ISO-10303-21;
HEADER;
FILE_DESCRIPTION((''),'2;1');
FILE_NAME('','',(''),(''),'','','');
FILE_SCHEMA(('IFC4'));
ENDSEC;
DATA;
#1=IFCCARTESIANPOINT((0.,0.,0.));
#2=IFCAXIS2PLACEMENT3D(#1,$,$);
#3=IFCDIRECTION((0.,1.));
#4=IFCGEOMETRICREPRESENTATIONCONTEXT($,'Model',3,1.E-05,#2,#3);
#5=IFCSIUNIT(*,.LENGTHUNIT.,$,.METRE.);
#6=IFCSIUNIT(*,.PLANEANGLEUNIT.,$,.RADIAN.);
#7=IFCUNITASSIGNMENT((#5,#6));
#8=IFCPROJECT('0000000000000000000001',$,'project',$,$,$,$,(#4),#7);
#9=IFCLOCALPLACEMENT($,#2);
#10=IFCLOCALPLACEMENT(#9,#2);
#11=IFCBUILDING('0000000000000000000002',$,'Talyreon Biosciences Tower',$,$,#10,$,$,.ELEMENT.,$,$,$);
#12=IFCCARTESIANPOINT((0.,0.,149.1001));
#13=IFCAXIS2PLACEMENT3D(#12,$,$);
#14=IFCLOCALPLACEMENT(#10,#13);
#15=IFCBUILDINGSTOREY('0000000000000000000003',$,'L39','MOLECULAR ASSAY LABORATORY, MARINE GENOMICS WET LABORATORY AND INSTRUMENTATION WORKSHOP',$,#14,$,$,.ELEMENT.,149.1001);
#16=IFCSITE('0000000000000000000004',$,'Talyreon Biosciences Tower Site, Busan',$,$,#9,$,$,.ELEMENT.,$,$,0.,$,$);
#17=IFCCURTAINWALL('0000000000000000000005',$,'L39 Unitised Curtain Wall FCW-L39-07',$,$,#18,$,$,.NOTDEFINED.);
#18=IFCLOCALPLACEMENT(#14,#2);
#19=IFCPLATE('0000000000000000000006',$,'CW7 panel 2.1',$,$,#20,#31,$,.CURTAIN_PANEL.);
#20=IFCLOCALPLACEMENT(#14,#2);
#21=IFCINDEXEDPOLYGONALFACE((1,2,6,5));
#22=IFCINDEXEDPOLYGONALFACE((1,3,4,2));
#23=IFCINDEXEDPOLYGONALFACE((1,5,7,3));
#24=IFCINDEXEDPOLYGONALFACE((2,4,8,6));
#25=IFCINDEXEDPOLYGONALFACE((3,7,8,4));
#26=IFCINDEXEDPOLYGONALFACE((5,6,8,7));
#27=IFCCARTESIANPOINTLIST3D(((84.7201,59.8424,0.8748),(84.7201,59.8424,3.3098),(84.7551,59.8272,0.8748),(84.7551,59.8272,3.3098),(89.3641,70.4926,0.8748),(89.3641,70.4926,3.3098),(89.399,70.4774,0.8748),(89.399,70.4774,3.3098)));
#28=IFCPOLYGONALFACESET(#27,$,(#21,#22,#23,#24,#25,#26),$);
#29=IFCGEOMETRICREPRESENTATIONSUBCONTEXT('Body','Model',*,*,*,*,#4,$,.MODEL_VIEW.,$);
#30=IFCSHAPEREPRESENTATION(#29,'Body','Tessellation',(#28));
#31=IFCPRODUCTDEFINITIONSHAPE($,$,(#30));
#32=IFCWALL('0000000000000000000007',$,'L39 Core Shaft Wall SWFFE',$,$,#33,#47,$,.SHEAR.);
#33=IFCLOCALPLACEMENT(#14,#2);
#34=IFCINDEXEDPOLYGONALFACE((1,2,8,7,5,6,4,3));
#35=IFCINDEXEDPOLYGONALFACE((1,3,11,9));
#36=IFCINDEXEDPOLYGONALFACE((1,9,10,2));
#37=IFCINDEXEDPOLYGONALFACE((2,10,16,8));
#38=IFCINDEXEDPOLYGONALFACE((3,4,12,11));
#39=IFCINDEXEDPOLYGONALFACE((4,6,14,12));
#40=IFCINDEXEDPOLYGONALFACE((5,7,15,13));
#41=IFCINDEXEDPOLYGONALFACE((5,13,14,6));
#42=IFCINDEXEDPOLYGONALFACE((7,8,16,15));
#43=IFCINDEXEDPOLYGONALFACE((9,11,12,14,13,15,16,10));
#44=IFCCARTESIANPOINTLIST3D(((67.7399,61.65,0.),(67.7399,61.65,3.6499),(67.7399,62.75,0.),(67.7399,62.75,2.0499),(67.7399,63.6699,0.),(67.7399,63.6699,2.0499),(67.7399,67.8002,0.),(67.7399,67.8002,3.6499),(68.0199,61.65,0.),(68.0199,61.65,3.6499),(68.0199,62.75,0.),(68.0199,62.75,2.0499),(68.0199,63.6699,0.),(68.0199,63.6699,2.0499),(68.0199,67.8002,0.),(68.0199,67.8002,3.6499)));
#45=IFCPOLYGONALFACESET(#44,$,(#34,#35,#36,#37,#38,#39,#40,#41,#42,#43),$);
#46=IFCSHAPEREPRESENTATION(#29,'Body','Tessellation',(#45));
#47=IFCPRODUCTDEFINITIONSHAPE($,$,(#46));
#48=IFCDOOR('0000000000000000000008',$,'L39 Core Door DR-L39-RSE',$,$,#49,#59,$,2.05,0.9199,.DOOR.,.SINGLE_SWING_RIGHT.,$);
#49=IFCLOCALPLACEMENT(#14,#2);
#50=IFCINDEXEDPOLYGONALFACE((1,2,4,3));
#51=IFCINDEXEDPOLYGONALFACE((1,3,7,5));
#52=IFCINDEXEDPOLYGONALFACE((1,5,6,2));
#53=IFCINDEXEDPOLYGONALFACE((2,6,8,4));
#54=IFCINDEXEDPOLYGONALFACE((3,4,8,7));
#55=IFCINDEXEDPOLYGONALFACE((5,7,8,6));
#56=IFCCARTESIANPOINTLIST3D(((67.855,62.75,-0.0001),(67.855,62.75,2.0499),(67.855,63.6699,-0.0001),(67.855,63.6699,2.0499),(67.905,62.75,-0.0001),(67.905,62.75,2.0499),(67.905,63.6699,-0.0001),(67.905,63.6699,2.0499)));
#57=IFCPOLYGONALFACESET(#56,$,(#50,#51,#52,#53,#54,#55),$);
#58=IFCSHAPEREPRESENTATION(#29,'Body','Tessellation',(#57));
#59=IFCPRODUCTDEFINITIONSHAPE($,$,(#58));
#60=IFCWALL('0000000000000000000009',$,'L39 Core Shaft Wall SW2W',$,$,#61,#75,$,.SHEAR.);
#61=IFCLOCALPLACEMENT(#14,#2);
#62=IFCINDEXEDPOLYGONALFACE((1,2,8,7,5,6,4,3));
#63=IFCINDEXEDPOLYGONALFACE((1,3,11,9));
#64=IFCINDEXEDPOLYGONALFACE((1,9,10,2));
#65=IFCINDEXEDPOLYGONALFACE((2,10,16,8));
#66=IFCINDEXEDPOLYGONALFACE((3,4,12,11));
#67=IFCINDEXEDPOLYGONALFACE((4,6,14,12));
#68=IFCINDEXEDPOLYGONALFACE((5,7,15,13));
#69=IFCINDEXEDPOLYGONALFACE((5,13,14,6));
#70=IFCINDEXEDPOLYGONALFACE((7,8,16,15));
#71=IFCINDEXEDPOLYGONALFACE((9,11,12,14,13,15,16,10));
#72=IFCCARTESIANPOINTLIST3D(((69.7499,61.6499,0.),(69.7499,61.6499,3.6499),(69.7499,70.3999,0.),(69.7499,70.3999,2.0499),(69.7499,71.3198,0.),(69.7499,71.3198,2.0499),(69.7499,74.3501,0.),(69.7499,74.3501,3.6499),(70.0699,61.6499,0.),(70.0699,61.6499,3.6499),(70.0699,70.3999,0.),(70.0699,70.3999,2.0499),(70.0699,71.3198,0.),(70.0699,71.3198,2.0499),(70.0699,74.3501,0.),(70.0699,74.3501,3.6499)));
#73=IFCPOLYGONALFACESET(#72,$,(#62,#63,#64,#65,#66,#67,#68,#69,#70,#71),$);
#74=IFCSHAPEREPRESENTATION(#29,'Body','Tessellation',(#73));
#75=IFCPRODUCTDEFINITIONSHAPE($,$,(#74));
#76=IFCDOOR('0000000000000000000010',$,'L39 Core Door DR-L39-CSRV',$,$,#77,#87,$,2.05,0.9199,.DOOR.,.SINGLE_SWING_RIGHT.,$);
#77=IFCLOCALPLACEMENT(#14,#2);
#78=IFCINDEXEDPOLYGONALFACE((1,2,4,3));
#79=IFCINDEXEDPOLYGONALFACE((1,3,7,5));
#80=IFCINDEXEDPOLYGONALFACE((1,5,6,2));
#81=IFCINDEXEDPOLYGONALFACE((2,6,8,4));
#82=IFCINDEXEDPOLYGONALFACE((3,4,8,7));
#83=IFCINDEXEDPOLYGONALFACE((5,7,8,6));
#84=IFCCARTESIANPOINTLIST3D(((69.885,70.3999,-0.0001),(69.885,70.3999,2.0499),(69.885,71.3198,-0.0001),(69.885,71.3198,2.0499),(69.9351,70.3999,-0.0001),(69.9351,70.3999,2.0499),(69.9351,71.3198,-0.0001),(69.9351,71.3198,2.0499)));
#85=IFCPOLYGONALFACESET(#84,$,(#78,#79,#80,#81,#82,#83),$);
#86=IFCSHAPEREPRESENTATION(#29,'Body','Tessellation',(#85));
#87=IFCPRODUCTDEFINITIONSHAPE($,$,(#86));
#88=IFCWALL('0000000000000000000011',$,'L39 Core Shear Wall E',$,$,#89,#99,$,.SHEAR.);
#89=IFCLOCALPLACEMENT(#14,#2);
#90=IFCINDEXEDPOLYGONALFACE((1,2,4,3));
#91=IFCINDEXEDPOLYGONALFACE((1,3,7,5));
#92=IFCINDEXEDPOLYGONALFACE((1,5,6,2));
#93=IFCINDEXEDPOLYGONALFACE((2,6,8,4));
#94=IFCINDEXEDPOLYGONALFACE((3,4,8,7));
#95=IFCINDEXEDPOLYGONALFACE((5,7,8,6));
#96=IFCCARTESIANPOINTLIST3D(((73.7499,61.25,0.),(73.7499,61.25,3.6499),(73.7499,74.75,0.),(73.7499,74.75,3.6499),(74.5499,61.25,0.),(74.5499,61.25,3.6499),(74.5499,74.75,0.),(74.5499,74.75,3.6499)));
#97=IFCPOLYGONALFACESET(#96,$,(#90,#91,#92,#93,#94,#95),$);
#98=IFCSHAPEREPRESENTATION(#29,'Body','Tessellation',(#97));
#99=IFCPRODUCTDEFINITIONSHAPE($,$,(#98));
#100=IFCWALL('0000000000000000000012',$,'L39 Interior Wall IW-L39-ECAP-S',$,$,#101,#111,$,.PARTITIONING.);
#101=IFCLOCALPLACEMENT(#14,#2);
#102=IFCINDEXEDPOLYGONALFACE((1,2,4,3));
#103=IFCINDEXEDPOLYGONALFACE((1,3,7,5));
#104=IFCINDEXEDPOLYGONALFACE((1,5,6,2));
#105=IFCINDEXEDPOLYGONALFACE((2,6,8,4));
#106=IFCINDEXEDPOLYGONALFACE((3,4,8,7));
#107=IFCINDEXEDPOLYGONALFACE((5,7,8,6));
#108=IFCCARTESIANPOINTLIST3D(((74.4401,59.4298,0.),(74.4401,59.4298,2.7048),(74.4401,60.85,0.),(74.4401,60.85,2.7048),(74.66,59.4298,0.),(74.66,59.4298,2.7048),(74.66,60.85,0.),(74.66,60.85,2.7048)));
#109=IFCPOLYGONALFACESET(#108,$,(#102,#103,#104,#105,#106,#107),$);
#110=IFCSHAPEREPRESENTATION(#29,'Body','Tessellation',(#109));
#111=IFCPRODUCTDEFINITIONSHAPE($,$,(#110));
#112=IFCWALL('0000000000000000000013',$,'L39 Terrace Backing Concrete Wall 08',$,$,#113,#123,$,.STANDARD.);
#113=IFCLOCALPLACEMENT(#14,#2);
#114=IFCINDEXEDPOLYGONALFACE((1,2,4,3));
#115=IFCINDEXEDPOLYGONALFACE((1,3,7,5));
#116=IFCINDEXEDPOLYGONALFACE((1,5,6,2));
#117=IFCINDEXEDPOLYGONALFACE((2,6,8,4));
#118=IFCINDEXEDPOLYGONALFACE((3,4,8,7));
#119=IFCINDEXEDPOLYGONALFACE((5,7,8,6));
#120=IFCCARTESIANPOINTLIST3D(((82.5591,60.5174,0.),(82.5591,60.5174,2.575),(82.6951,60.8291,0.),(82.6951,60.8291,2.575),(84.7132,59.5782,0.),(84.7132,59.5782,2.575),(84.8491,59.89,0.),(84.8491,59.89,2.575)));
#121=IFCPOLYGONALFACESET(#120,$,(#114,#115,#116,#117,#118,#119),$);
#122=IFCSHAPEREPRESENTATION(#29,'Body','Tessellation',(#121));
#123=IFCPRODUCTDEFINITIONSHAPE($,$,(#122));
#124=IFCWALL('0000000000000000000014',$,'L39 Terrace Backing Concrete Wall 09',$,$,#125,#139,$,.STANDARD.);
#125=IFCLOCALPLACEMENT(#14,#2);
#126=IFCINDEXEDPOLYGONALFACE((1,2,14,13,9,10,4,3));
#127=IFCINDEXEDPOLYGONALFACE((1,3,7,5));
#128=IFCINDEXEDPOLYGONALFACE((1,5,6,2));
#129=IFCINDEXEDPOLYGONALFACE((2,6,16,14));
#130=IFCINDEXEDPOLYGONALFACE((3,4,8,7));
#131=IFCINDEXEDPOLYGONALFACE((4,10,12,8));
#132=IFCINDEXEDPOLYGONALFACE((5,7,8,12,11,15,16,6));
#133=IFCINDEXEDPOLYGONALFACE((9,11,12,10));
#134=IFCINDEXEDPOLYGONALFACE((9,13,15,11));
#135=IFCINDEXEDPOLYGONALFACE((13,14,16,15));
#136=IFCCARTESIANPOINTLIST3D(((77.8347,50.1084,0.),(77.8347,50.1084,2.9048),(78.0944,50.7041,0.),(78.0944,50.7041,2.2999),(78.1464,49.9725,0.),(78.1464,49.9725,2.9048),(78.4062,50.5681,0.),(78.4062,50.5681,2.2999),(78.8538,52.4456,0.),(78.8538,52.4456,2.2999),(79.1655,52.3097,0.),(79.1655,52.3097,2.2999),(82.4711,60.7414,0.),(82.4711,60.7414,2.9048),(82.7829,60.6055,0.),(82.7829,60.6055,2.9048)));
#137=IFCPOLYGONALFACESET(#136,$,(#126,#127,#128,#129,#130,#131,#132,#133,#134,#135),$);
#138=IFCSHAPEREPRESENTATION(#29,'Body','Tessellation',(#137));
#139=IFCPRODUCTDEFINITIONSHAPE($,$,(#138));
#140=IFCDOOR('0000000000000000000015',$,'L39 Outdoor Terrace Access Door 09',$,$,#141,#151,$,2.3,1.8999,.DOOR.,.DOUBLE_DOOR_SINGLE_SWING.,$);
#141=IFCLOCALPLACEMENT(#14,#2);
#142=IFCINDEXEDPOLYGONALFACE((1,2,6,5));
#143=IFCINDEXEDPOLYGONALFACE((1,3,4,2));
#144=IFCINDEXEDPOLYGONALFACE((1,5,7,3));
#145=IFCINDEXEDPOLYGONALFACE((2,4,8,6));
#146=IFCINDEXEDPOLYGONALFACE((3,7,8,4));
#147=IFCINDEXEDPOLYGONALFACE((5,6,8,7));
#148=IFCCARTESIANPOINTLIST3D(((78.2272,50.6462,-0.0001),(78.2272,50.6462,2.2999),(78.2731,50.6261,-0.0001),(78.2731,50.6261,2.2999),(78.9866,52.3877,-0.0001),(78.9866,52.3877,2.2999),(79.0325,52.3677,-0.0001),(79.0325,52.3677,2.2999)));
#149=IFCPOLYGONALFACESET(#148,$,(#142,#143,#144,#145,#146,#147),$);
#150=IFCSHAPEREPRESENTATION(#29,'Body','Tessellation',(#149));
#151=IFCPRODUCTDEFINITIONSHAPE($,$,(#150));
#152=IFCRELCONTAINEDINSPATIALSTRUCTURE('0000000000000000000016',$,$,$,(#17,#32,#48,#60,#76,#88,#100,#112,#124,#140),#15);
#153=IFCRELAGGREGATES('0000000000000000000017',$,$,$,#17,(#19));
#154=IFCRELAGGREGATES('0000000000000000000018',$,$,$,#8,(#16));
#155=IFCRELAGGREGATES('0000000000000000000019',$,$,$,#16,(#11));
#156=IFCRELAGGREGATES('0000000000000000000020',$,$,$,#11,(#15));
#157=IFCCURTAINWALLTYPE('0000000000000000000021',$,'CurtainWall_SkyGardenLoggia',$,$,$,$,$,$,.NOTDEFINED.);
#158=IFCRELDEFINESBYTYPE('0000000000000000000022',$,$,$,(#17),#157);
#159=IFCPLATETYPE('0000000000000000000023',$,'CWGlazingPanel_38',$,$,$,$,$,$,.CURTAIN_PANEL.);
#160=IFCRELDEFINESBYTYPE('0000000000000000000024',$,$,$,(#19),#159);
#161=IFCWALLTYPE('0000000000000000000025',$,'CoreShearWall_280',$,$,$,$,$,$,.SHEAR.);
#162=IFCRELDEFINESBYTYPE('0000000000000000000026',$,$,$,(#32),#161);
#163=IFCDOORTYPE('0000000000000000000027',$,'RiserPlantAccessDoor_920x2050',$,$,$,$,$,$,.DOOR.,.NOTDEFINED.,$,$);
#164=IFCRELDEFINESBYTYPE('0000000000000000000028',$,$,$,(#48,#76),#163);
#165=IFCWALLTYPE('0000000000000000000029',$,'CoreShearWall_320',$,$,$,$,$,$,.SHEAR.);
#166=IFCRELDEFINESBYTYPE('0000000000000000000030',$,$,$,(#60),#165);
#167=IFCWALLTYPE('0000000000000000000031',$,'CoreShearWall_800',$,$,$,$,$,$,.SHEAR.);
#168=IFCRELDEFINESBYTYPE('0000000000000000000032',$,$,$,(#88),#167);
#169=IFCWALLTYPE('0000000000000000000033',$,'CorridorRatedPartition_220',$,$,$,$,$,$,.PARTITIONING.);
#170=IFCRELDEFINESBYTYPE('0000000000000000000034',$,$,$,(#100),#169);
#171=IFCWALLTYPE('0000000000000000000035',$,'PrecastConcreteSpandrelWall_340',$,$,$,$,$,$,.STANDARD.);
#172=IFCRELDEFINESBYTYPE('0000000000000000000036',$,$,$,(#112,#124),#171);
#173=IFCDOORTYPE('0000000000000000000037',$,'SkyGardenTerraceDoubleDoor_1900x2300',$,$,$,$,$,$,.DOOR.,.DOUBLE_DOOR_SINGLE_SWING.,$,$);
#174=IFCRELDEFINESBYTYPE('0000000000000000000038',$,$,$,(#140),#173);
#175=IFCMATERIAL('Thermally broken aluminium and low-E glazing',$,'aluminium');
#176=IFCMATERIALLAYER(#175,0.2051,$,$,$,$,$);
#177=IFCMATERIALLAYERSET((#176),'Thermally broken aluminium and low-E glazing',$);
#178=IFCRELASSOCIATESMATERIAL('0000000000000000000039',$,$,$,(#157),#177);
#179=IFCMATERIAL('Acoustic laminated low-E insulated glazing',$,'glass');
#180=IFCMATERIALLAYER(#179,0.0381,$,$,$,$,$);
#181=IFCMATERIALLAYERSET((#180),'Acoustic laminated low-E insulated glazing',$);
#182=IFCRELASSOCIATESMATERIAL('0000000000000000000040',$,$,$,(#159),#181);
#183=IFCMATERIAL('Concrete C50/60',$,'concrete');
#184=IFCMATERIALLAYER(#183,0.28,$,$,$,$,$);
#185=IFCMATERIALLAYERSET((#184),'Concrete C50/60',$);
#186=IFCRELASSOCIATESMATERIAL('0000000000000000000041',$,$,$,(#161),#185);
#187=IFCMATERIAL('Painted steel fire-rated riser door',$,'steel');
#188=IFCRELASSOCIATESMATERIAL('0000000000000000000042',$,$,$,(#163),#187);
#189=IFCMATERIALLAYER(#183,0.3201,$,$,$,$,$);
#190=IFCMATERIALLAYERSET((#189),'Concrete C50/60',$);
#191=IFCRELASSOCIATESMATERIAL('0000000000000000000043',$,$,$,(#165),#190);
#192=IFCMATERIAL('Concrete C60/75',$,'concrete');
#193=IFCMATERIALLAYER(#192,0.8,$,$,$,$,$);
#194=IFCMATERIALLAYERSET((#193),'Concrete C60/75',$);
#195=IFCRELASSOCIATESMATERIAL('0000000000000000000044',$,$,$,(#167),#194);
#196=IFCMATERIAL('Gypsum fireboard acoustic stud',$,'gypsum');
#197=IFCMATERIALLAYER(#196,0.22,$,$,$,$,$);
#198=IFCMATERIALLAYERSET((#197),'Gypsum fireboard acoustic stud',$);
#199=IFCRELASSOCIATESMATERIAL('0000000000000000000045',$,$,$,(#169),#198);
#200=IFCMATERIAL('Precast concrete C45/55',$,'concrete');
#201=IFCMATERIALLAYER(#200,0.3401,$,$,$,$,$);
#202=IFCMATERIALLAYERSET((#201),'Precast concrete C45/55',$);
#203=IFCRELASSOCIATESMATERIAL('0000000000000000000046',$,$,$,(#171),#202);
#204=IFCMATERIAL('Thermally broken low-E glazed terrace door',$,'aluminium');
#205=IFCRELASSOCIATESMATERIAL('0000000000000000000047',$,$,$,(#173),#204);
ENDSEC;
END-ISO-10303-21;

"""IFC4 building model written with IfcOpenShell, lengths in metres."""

from ifc_helpers import new_model, si_unit, direction, frame, frame_2d, origin, origin_2d, place, context, subcontext, project, spatial, rectangle, extrude, material, layer, layer_set, type_object, element, fill, aggregate, save


model = new_model("IFC4")

# Units and contexts
model_context = context("Model", 3, precision=1e-05, world=origin(), true_north=direction((0.0, 1.0)))
body_context = subcontext(model_context, "Body", "Model", "MODEL_VIEW")
ifc_project = project(units=[si_unit("LENGTHUNIT", "METRE"), si_unit("PLANEANGLEUNIT", "RADIAN")], contexts=[model_context])

# Site, building, storey
site_placement = place(None, origin())
site = spatial("IfcSite", under=ifc_project, at=site_placement, Name="Talyreon Biosciences Tower Site, Busan", CompositionType="ELEMENT", RefElevation=0.0)
building_placement = place(site_placement, origin())
building = spatial("IfcBuilding", under=site, at=building_placement, Name="Talyreon Biosciences Tower", CompositionType="ELEMENT")
storey_placement = place(building_placement, frame((0.0, 0.0, 149.1001)))
storey = spatial("IfcBuildingStorey", under=building, at=storey_placement, Name="L39", Description="MOLECULAR ASSAY LABORATORY, MARINE GENOMICS WET LABORATORY AND INSTRUMENTATION WORKSHOP", CompositionType="ELEMENT", Elevation=149.1001)

# Shared definitions
ifc_material_1 = material(Name="Concrete C60/75", Category="concrete")
ifc_material_2 = material(Name="Concrete C50/60", Category="concrete")

# Curtain wall
ifc_material_3 = material(Name="Thermally broken aluminium and low-E glazing", Category="aluminium")
ifc_layer_1 = layer(ifc_material_3, 0.2051)
ifc_layer_set_1 = layer_set([ifc_layer_1], Name="Thermally broken aluminium and low-E glazing")
curtain_wall_type = type_object("IfcCurtainWallType", Name="CurtainWall_SkyGardenLoggia", PredefinedType="NOTDEFINED", material=ifc_layer_set_1)
curtain_wall_placement = place(storey_placement, origin())
curtain_wall = element("IfcCurtainWall", 1, at=curtain_wall_placement, inside=storey, type_object=curtain_wall_type, Name="L39 Unitised Curtain Wall FCW-L39-07", PredefinedType="NOTDEFINED")

# Plate
ifc_material_4 = material(Name="Acoustic laminated low-E insulated glazing", Category="glass")
ifc_layer_2 = layer(ifc_material_4, 0.0381)
ifc_layer_set_2 = layer_set([ifc_layer_2], Name="Acoustic laminated low-E insulated glazing")
plate_type = type_object("IfcPlateType", Name="CWGlazingPanel_38", PredefinedType="CURTAIN_PANEL", material=ifc_layer_set_2)
plate_placement = place(storey_placement, frame((87.0596, 65.1599, 0.8748), z_axis=(0.0, 0.0, 1.0), x_axis=(-0.399698, -0.916647, 0.0)))
plate = element("IfcPlate", 2, at=plate_placement, type_object=plate_type, Name="CW7 panel 2.1", PredefinedType="CURTAIN_PANEL", context=body_context, shape_type="SweptSolid", body=[
    extrude(rectangle(XDim=11.6187, YDim=0.0381, at=origin_2d()), origin(), (0.0, 0.0, 1.0), 2.4351),
])
aggregate(curtain_wall, [plate])

# Walls, openings, doors
ifc_layer_3 = layer(ifc_material_2, 0.28)
ifc_layer_set_3 = layer_set([ifc_layer_3], Name="Concrete C50/60")
wall_type_1 = type_object("IfcWallType", Name="CoreShearWall_280", PredefinedType="SHEAR", material=ifc_layer_set_3)
wall_1_placement = place(storey_placement, frame((67.8799, 61.6499, 0.0), z_axis=(0.0, 0.0, 1.0), x_axis=(0.0, 1.0, 0.0)))
wall_1 = element("IfcWall", 3, at=wall_1_placement, inside=storey, type_object=wall_type_1, Name="L39 Core Shaft Wall SWFFE", PredefinedType="SHEAR", context=body_context, shape_type="SweptSolid", body=[
    extrude(rectangle(XDim=6.1501, YDim=0.28, at=frame_2d((3.0752, 0.0))), origin(), (0.0, 0.0, 1.0), 3.6499),
])
opening_1_placement = place(wall_1_placement, frame((1.1001, 0.0, 0.0)))
opening_1 = element("IfcOpeningElement", 4, at=opening_1_placement, cuts=wall_1, PredefinedType="OPENING", context=body_context, shape_type="SweptSolid", body=[
    extrude(rectangle(XDim=0.9199, YDim=2.05, at=frame_2d((0.46, 1.0249))), frame((0.0, 0.1499, 0.0), z_axis=(0.0, -1.0, 0.0), x_axis=(1.0, 0.0, 0.0)), (0.0, 0.0, 1.0), 0.3),
])
ifc_material_5 = material(Name="Painted steel fire-rated riser door", Category="steel")
door_type_1 = type_object("IfcDoorType", Name="RiserPlantAccessDoor_920x2050", OperationType="NOTDEFINED", PredefinedType="DOOR", material=ifc_material_5)
door_1_placement = place(opening_1_placement, origin())
door_1 = element("IfcDoor", 5, at=door_1_placement, inside=storey, type_object=door_type_1, Name="L39 Core Door DR-L39-RSE", OperationType="SINGLE_SWING_RIGHT", OverallHeight=2.05, OverallWidth=0.9199, PredefinedType="DOOR", context=body_context, shape_type="SweptSolid", body=[
    extrude(rectangle(XDim=0.9199, YDim=2.05, at=frame_2d((0.46, 1.0249))), frame((0.0, 0.0249, 0.0), z_axis=(0.0, -1.0, 0.0), x_axis=(1.0, 0.0, 0.0)), (0.0, 0.0, 1.0), 0.05),
])
fill(opening_1, door_1)
ifc_layer_4 = layer(ifc_material_2, 0.3201)
ifc_layer_set_4 = layer_set([ifc_layer_4], Name="Concrete C50/60")
wall_type_2 = type_object("IfcWallType", Name="CoreShearWall_320", PredefinedType="SHEAR", material=ifc_layer_set_4)
wall_2_placement = place(storey_placement, frame((69.9099, 61.6499, 0.0), z_axis=(0.0, 0.0, 1.0), x_axis=(0.0, 1.0, 0.0)))
wall_2 = element("IfcWall", 6, at=wall_2_placement, inside=storey, type_object=wall_type_2, Name="L39 Core Shaft Wall SW2W", PredefinedType="SHEAR", context=body_context, shape_type="SweptSolid", body=[
    extrude(rectangle(XDim=12.7002, YDim=0.3201, at=frame_2d((6.3501, 0.0))), origin(), (0.0, 0.0, 1.0), 3.6499),
])
opening_2_placement = place(wall_2_placement, frame((8.75, 0.0, 0.0)))
opening_2 = element("IfcOpeningElement", 7, at=opening_2_placement, cuts=wall_2, PredefinedType="OPENING", context=body_context, shape_type="SweptSolid", body=[
    extrude(rectangle(XDim=0.9199, YDim=2.05, at=frame_2d((0.46, 1.0249))), frame((0.0, 0.1699, 0.0), z_axis=(0.0, -1.0, 0.0), x_axis=(1.0, 0.0, 0.0)), (0.0, 0.0, 1.0), 0.3401),
])
door_2_placement = place(opening_2_placement, origin())
door_2 = element("IfcDoor", 8, at=door_2_placement, inside=storey, type_object=door_type_1, Name="L39 Core Door DR-L39-CSRV", OperationType="SINGLE_SWING_RIGHT", OverallHeight=2.05, OverallWidth=0.9199, PredefinedType="DOOR", context=body_context, shape_type="SweptSolid", body=[
    extrude(rectangle(XDim=0.9199, YDim=2.05, at=frame_2d((0.46, 1.0249))), frame((0.0, 0.0249, 0.0), z_axis=(0.0, -1.0, 0.0), x_axis=(1.0, 0.0, 0.0)), (0.0, 0.0, 1.0), 0.05),
])
fill(opening_2, door_2)

# Walls
ifc_layer_5 = layer(ifc_material_1, 0.8)
ifc_layer_set_5 = layer_set([ifc_layer_5], Name="Concrete C60/75")
wall_type_3 = type_object("IfcWallType", Name="CoreShearWall_800", PredefinedType="SHEAR", material=ifc_layer_set_5)
wall_3_placement = place(storey_placement, frame((74.1499, 61.25, 0.0), z_axis=(0.0, 0.0, 1.0), x_axis=(0.0, 1.0, 0.0)))
element("IfcWall", 9, at=wall_3_placement, inside=storey, type_object=wall_type_3, Name="L39 Core Shear Wall E", PredefinedType="SHEAR", context=body_context, shape_type="SweptSolid", body=[
    extrude(rectangle(XDim=13.5, YDim=0.8, at=frame_2d((6.75, 0.0))), origin(), (0.0, 0.0, 1.0), 3.6499),
])
ifc_material_6 = material(Name="Gypsum fireboard acoustic stud", Category="gypsum")
ifc_layer_6 = layer(ifc_material_6, 0.22)
ifc_layer_set_6 = layer_set([ifc_layer_6], Name="Gypsum fireboard acoustic stud")
wall_type_4 = type_object("IfcWallType", Name="CorridorRatedPartition_220", PredefinedType="PARTITIONING", material=ifc_layer_set_6)
wall_4_placement = place(storey_placement, frame((74.55, 59.4299, 0.0), z_axis=(0.0, 0.0, 1.0), x_axis=(0.0, 1.0, 0.0)))
element("IfcWall", 10, at=wall_4_placement, inside=storey, type_object=wall_type_4, Name="L39 Interior Wall IW-L39-ECAP-S", PredefinedType="PARTITIONING", context=body_context, shape_type="SweptSolid", body=[
    extrude(rectangle(XDim=1.4202, YDim=0.22, at=frame_2d((0.71, 0.0))), origin(), (0.0, 0.0, 1.0), 2.7048),
])
ifc_material_7 = material(Name="Precast concrete C45/55", Category="concrete")
ifc_layer_7 = layer(ifc_material_7, 0.3401)
ifc_layer_set_7 = layer_set([ifc_layer_7], Name="Precast concrete C45/55")
wall_type_5 = type_object("IfcWallType", Name="PrecastConcreteSpandrelWall_340", PredefinedType="STANDARD", material=ifc_layer_set_7)
wall_5_placement = place(storey_placement, frame((84.781, 59.7341, 0.0), z_axis=(0.0, 0.0, 1.0), x_axis=(-0.916655, 0.399679, 0.0)))
element("IfcWall", 11, at=wall_5_placement, inside=storey, type_object=wall_type_5, Name="L39 Terrace Backing Concrete Wall 08", PredefinedType="STANDARD", context=body_context, shape_type="SweptSolid", body=[
    extrude(rectangle(XDim=2.3499, YDim=0.3401, at=frame_2d((1.1748, 0.0))), origin(), (0.0, 0.0, 1.0), 2.575),
])

# Wall, opening, door
wall_6_placement = place(storey_placement, frame((82.627, 60.6733, 0.0), z_axis=(0.0, 0.0, 1.0), x_axis=(-0.399698, -0.916647, 0.0)))
wall_6 = element("IfcWall", 12, at=wall_6_placement, inside=storey, type_object=wall_type_5, Name="L39 Terrace Backing Concrete Wall 09", PredefinedType="STANDARD", context=body_context, shape_type="SweptSolid", body=[
    extrude(rectangle(XDim=11.5999, YDim=0.3401, at=frame_2d((5.7998, 0.0))), origin(), (0.0, 0.0, 1.0), 2.9048),
])
opening_3_placement = place(wall_6_placement, frame((9.05, 0.0, 0.0)))
opening_3 = element("IfcOpeningElement", 13, at=opening_3_placement, cuts=wall_6, PredefinedType="OPENING", context=body_context, shape_type="SweptSolid", body=[
    extrude(rectangle(XDim=1.8999, YDim=2.3, at=frame_2d((0.95, 1.1499))), frame((0.0, 0.1799, 0.0), z_axis=(0.0, -1.0, 0.0), x_axis=(1.0, 0.0, 0.0)), (0.0, 0.0, 1.0), 0.3601),
])
ifc_material_8 = material(Name="Thermally broken low-E glazed terrace door", Category="aluminium")
door_type_2 = type_object("IfcDoorType", Name="SkyGardenTerraceDoubleDoor_1900x2300", OperationType="DOUBLE_DOOR_SINGLE_SWING", PredefinedType="DOOR", material=ifc_material_8)
door_3_placement = place(opening_3_placement, origin())
door_3 = element("IfcDoor", 14, at=door_3_placement, inside=storey, type_object=door_type_2, Name="L39 Outdoor Terrace Access Door 09", OperationType="DOUBLE_DOOR_SINGLE_SWING", OverallHeight=2.3, OverallWidth=1.8999, PredefinedType="DOOR", context=body_context, shape_type="SweptSolid", body=[
    extrude(rectangle(XDim=1.8999, YDim=2.3, at=frame_2d((0.95, 1.1499))), frame((0.0, 0.0249, 0.0), z_axis=(0.0, -1.0, 0.0), x_axis=(1.0, 0.0, 0.0)), (0.0, 0.0, 1.0), 0.05),
])
fill(opening_3, door_3)

save(model, "model.ifc")
